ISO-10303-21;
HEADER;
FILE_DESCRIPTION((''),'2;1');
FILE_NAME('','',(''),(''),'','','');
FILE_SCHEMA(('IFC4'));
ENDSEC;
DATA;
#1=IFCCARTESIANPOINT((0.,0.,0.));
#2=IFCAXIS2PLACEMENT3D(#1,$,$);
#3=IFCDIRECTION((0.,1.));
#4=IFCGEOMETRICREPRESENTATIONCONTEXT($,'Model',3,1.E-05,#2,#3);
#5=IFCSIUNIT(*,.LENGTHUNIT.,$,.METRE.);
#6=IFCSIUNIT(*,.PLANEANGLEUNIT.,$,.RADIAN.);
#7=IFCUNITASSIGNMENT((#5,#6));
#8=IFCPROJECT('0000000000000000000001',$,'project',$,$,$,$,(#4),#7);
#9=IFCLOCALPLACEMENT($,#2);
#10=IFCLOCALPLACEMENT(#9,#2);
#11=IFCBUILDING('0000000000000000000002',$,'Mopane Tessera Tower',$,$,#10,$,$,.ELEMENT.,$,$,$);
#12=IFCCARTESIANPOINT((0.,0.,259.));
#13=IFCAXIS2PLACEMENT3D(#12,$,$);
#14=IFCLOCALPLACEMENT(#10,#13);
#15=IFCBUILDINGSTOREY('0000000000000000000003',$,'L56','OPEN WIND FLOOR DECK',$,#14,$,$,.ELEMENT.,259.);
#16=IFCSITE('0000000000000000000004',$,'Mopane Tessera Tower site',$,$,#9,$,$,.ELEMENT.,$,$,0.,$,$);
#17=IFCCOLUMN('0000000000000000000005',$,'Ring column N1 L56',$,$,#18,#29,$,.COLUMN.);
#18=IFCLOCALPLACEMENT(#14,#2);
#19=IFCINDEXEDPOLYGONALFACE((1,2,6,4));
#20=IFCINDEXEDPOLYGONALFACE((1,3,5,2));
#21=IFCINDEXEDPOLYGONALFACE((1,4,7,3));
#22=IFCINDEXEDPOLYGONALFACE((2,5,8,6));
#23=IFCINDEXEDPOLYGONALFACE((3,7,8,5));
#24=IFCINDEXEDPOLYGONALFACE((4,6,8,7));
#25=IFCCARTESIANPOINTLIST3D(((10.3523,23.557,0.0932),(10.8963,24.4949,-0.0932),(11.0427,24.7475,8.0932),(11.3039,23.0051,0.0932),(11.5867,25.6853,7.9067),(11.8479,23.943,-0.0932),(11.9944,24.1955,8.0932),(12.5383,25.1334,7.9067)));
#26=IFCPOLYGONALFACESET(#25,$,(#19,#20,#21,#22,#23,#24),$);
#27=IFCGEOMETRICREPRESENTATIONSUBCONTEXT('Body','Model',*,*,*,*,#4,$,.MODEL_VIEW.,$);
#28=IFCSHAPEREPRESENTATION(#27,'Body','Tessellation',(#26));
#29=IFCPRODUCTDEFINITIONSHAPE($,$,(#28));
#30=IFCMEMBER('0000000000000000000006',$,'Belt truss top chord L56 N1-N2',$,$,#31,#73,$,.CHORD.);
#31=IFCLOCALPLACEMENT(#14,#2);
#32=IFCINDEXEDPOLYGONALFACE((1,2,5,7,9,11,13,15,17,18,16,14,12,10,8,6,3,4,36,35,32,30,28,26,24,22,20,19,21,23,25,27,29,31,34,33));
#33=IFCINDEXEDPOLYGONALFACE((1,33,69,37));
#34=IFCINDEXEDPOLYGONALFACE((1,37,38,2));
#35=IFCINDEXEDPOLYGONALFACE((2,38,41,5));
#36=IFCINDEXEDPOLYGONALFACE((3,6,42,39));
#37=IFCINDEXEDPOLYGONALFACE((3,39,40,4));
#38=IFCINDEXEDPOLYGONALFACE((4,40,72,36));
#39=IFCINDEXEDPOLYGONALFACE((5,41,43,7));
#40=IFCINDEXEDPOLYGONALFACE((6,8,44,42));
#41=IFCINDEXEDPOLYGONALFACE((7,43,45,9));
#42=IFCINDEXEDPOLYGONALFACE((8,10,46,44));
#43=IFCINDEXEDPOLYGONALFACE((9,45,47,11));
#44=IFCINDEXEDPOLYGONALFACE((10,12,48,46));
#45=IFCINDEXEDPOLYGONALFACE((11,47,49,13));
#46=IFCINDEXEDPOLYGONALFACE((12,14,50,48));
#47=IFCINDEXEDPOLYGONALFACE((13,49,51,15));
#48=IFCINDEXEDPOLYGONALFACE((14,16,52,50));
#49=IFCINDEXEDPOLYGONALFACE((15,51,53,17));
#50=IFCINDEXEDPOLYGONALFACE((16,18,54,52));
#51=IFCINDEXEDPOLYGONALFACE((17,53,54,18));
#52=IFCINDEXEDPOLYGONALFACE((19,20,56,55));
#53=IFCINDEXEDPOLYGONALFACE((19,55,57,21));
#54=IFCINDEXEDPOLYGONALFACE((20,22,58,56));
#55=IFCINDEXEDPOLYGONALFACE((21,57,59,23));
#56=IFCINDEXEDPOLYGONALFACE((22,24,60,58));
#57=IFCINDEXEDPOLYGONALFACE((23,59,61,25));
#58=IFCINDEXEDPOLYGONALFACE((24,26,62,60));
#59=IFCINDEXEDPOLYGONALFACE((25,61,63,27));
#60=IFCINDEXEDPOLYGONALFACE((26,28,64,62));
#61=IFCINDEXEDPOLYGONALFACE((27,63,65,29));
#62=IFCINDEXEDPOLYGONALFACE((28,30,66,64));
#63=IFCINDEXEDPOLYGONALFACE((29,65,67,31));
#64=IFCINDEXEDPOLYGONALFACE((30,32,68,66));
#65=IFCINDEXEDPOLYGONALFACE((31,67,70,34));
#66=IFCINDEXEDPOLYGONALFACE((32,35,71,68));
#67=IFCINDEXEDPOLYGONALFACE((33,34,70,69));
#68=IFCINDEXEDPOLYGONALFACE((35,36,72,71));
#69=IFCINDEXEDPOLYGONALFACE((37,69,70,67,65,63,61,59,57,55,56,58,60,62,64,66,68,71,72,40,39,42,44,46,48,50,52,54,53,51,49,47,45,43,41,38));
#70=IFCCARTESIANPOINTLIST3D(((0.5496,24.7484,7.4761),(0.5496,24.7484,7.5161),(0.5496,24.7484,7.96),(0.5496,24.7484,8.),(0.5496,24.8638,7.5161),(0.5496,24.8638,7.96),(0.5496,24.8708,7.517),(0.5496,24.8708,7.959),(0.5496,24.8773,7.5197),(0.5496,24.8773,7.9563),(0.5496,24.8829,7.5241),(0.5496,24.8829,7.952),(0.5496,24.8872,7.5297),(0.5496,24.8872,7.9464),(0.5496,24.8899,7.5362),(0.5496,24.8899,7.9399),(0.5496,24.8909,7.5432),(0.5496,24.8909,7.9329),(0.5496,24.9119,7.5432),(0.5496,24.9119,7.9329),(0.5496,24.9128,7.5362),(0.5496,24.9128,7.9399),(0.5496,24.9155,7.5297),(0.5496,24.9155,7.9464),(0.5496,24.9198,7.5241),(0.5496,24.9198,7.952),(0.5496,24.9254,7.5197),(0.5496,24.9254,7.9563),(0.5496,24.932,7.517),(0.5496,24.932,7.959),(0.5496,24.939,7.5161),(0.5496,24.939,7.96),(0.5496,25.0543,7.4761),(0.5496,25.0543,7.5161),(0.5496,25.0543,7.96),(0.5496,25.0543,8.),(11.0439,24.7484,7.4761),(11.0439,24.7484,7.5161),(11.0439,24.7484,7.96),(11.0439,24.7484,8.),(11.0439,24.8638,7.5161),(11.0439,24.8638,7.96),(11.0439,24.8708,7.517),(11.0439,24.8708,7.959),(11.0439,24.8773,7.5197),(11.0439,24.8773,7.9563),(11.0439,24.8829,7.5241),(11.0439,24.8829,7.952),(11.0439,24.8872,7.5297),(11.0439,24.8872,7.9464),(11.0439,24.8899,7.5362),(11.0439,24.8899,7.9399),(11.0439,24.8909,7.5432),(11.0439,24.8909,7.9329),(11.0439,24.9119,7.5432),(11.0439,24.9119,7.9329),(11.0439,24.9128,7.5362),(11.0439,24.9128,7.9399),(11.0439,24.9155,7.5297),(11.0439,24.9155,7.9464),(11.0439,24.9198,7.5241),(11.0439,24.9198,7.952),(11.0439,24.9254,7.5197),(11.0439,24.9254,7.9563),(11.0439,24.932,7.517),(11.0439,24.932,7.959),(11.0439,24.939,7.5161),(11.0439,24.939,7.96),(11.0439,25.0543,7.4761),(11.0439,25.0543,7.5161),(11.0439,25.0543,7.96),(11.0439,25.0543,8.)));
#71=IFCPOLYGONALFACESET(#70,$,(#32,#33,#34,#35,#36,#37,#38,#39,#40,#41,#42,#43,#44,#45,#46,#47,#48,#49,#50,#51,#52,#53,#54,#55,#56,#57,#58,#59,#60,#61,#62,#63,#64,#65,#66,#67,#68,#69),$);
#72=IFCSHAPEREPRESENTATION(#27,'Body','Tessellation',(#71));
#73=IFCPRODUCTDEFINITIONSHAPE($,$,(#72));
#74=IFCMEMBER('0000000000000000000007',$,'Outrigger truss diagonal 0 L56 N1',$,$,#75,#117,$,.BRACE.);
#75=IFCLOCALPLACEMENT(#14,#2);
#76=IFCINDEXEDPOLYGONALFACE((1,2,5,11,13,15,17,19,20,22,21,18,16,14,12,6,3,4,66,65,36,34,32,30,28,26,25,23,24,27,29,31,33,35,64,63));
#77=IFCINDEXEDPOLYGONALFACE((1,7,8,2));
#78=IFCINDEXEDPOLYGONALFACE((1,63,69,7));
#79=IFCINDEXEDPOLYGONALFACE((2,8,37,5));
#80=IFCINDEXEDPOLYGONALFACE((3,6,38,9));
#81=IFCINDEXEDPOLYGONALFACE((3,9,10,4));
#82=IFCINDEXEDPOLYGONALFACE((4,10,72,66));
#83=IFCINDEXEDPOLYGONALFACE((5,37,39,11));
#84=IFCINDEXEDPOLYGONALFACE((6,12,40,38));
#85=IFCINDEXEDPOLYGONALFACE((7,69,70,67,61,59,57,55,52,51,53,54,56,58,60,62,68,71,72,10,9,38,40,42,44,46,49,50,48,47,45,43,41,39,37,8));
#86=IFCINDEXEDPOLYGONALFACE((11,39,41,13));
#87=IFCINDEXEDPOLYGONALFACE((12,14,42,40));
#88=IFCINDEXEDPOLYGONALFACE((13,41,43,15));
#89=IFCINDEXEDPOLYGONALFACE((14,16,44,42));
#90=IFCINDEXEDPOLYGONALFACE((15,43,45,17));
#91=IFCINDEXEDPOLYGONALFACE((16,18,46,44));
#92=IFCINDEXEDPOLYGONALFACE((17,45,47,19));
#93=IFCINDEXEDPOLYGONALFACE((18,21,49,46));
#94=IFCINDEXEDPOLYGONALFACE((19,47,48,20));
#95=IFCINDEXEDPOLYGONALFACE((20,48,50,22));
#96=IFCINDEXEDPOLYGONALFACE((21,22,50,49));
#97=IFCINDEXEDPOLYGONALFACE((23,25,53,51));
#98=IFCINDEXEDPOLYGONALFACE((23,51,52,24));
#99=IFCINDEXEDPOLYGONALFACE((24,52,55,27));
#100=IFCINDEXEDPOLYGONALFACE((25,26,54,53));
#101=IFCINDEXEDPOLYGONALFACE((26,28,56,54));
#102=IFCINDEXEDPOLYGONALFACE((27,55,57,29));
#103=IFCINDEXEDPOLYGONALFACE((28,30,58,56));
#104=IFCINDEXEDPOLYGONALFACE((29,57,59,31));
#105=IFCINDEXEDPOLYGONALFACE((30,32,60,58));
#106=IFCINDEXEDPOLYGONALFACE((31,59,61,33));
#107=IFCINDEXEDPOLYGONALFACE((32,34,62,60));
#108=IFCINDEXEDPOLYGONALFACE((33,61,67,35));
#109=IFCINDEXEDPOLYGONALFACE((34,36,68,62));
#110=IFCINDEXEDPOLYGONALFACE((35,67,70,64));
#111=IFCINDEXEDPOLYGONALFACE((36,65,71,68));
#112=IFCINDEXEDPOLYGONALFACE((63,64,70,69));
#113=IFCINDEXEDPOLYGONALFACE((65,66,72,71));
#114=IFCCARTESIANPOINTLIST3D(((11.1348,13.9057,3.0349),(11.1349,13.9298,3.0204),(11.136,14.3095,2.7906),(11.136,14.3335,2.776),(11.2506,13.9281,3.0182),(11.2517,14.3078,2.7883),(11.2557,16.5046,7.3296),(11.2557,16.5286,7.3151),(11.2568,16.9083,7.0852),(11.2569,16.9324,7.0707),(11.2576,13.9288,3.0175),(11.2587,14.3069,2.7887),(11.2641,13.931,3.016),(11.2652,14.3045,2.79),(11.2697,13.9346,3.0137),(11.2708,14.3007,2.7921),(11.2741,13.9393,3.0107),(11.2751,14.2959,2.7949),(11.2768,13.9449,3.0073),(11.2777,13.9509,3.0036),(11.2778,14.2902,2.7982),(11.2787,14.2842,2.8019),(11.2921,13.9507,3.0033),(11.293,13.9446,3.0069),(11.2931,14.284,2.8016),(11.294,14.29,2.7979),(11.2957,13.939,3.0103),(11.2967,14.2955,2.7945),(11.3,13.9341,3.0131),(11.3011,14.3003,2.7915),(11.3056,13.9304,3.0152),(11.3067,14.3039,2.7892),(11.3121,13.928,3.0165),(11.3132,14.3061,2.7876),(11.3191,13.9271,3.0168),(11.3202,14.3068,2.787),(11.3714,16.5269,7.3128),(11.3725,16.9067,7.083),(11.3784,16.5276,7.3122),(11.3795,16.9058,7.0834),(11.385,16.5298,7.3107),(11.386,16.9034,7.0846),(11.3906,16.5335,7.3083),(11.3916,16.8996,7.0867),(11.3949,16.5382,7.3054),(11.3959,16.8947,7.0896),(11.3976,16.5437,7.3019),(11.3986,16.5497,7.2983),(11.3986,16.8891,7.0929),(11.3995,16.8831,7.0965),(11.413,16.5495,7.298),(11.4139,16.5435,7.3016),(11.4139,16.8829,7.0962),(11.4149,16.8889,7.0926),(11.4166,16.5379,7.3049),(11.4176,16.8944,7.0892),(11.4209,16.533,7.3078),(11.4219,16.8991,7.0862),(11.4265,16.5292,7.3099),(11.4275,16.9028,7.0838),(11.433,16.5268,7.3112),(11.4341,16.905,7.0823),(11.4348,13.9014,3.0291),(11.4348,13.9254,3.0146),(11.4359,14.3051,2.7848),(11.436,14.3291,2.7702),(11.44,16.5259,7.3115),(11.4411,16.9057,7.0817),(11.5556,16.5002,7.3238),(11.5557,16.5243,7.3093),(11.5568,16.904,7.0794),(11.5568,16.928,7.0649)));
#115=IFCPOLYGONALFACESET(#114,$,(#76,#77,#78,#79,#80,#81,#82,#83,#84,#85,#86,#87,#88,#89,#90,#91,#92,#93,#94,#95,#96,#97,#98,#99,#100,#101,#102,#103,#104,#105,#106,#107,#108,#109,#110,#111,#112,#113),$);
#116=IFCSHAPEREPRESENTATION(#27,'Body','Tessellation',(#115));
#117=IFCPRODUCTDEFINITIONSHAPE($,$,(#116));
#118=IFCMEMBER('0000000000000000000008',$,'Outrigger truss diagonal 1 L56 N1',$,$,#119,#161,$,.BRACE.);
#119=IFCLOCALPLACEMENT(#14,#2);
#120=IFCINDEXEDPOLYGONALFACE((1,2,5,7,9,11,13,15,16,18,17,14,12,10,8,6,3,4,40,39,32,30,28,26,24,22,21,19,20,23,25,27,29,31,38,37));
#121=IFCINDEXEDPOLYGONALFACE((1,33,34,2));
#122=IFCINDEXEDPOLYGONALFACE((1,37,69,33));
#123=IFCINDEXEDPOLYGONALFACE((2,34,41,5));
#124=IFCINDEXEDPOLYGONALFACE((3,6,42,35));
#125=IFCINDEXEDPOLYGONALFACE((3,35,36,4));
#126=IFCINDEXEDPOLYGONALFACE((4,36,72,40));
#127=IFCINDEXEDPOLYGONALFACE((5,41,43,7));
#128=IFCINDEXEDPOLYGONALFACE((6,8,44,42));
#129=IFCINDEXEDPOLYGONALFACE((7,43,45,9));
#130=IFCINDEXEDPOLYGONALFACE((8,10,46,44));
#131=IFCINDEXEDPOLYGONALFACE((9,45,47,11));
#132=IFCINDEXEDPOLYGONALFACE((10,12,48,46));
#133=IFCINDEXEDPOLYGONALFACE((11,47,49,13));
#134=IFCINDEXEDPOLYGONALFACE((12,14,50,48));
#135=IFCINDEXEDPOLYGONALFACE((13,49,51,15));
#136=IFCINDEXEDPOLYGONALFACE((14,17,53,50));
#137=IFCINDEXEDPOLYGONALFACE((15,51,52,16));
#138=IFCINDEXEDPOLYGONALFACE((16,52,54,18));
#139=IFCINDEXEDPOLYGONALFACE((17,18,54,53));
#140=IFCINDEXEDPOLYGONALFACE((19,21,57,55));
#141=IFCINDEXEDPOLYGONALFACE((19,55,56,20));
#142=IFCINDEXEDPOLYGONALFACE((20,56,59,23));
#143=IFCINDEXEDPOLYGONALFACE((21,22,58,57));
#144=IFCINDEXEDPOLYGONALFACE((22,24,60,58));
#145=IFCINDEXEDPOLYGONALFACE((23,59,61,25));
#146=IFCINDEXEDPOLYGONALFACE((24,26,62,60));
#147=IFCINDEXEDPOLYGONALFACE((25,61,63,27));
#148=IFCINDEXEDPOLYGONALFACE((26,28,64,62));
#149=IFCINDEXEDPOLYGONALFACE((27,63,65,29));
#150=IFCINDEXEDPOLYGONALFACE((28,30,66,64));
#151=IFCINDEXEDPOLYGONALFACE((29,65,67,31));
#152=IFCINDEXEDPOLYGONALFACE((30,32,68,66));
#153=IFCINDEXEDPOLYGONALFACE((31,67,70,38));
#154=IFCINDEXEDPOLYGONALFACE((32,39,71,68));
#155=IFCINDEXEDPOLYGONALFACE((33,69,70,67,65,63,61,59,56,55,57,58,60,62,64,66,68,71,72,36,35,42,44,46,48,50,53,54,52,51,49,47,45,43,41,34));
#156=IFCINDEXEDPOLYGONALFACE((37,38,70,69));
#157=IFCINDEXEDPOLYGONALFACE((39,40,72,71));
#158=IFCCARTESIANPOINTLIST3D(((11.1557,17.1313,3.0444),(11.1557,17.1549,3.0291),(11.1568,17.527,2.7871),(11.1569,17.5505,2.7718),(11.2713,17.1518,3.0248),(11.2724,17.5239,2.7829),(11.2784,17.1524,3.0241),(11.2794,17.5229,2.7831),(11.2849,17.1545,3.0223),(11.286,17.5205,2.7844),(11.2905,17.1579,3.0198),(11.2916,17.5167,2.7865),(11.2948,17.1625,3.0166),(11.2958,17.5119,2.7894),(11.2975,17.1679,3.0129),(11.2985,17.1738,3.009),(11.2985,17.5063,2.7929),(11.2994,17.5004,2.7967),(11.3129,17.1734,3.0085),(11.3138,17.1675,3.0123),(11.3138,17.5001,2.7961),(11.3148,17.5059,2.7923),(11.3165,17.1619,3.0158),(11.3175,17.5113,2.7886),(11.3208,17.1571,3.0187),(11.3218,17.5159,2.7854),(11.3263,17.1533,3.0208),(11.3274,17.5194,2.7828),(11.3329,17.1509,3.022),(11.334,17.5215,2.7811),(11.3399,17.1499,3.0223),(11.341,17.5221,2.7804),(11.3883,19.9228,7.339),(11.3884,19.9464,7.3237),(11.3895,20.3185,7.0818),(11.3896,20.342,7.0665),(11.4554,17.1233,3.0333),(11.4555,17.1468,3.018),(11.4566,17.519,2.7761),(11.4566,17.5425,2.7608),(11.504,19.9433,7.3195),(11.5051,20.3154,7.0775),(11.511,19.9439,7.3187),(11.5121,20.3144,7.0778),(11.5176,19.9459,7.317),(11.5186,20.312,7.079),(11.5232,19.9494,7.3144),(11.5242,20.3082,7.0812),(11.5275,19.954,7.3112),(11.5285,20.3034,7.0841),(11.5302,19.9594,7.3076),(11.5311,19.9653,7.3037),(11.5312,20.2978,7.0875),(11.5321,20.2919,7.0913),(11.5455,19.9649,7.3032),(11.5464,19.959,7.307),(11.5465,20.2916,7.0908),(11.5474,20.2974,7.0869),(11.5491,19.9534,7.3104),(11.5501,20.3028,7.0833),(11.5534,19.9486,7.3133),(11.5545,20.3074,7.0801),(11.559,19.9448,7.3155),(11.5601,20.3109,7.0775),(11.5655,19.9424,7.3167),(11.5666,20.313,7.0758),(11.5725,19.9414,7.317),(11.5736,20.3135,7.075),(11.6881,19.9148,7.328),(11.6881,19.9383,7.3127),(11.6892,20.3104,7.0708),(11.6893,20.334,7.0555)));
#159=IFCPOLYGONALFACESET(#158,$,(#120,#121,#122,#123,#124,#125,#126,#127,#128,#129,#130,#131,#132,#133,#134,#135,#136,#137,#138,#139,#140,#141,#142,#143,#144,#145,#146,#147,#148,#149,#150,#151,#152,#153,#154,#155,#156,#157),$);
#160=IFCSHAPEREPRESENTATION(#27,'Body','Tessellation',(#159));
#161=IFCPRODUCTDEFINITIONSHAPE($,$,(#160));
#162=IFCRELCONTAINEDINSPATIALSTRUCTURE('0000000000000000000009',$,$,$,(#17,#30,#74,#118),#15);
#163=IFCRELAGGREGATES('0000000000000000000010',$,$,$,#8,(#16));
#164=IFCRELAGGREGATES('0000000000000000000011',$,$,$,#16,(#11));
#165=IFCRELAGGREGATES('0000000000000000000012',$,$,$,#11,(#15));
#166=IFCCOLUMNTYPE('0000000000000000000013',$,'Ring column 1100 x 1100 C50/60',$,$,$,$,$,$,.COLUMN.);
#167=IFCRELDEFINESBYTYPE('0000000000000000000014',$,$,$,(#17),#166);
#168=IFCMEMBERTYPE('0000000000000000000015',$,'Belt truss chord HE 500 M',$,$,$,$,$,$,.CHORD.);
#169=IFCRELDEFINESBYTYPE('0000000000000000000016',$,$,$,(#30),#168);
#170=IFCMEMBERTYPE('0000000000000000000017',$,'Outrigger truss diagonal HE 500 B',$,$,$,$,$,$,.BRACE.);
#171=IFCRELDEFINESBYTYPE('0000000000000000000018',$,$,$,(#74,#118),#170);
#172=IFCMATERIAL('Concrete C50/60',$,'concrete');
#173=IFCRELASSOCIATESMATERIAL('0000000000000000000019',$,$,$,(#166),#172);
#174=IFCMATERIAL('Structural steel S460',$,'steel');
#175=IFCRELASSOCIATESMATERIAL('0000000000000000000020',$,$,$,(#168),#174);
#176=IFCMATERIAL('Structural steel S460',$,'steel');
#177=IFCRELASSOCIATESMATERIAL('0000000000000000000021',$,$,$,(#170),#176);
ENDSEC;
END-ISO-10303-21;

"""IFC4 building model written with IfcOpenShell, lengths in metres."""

from ifc_helpers import new_model, si_unit, direction, frame, origin, origin_2d, place, context, subcontext, project, spatial, rectangle, i_section, extrude, material, material_profile, profile_set, type_object, element, save


model = new_model("IFC4")

# Units and contexts
model_context = context("Model", 3, precision=1e-05, world=origin(), true_north=direction((0.0, 1.0)))
body_context = subcontext(model_context, "Body", "Model", "MODEL_VIEW")
ifc_project = project(units=[si_unit("LENGTHUNIT", "METRE"), si_unit("PLANEANGLEUNIT", "RADIAN")], contexts=[model_context])

# Site, building, storey
site_placement = place(None, origin())
site = spatial("IfcSite", under=ifc_project, at=site_placement, Name="Mopane Tessera Tower site", CompositionType="ELEMENT", RefElevation=0.0)
building_placement = place(site_placement, origin())
building = spatial("IfcBuilding", under=site, at=building_placement, Name="Mopane Tessera Tower", CompositionType="ELEMENT")
storey_placement = place(building_placement, frame((0.0, 0.0, 259.0)))
storey = spatial("IfcBuildingStorey", under=building, at=storey_placement, Name="L56", Description="OPEN WIND FLOOR DECK", CompositionType="ELEMENT", Elevation=259.0)

# Column
ifc_material_1 = material(Name="Concrete C50/60", Category="concrete")
ifc_material_profile_1 = material_profile(ifc_material_1, rectangle(XDim=1.1001, YDim=1.1001, at=origin_2d()))
ifc_profile_set_1 = profile_set([ifc_material_profile_1], Name="Concrete C50/60")
column_type = type_object("IfcColumnType", Name="Ring column 1100 x 1100 C50/60", PredefinedType="COLUMN", material=ifc_profile_set_1)
column_placement = place(storey_placement, frame((11.1001, 23.75, 0.0), z_axis=(0.085054, 0.14665, 0.985525), x_axis=(-0.865037, 0.501707, 0.0)))
element("IfcColumn", 1, at=column_placement, inside=storey, type_object=column_type, Name="Ring column N1 L56", PredefinedType="COLUMN", context=body_context, shape_type="SweptSolid", body=[
    extrude(rectangle(XDim=1.1001, YDim=1.1001, at=origin_2d()), origin(), (0.0, 0.0, 1.0), 8.1174),
])

# Members
ifc_material_2 = material(Name="Structural steel S460", Category="steel")
ifc_material_profile_2 = material_profile(ifc_material_2, i_section(OverallWidth=0.3059, OverallDepth=0.5239, WebThickness=0.021, FlangeThickness=0.04, FilletRadius=0.0271, at=origin_2d()))
ifc_profile_set_2 = profile_set([ifc_material_profile_2], Name="Structural steel S460")
member_type_1 = type_object("IfcMemberType", Name="Belt truss chord HE 500 M", PredefinedType="CHORD", material=ifc_profile_set_2)
member_1_placement = place(storey_placement, frame((11.0439, 24.9014, 7.738), z_axis=(-1.0, 0.0, 0.0), x_axis=(0.0, -1.0, 0.0)))
element("IfcMember", 2, at=member_1_placement, inside=storey, type_object=member_type_1, Name="Belt truss top chord L56 N1-N2", PredefinedType="CHORD", context=body_context, shape_type="SweptSolid", body=[
    extrude(i_section(OverallWidth=0.3059, OverallDepth=0.5239, WebThickness=0.021, FlangeThickness=0.04, FilletRadius=0.0271, at=origin_2d()), origin(), (0.0, 0.0, 1.0), 10.4944),
])
ifc_material_3 = material(Name="Structural steel S460", Category="steel")
ifc_material_profile_3 = material_profile(ifc_material_3, i_section(OverallWidth=0.3, OverallDepth=0.5, WebThickness=0.0144, FlangeThickness=0.0281, FilletRadius=0.0271, at=origin_2d()))
ifc_profile_set_3 = profile_set([ifc_material_profile_3], Name="Structural steel S460")
member_type_2 = type_object("IfcMemberType", Name="Outrigger truss diagonal HE 500 B", PredefinedType="BRACE", material=ifc_profile_set_3)
member_2_placement = place(storey_placement, frame((11.2854, 14.1174, 2.9026), z_axis=(0.024068, 0.517575, 0.855299), x_axis=(-0.999707, 0.01456, 0.019321)))
element("IfcMember", 3, at=member_2_placement, inside=storey, type_object=member_type_2, Name="Outrigger truss diagonal 0 L56 N1", PredefinedType="BRACE", context=body_context, shape_type="SweptSolid", body=[
    extrude(i_section(OverallWidth=0.3, OverallDepth=0.5, WebThickness=0.0144, FlangeThickness=0.0281, FilletRadius=0.0271, at=origin_2d()), origin(), (0.0, 0.0, 1.0), 5.0212),
])
member_3_placement = place(storey_placement, frame((11.3062, 17.3369, 2.9026), z_axis=(0.045376, 0.544422, 0.837583), x_axis=(-0.998967, 0.026778, 0.036714)))
element("IfcMember", 4, at=member_3_placement, inside=storey, type_object=member_type_2, Name="Outrigger truss diagonal 1 L56 N1", PredefinedType="BRACE", context=body_context, shape_type="SweptSolid", body=[
    extrude(i_section(OverallWidth=0.3, OverallDepth=0.5, WebThickness=0.0144, FlangeThickness=0.0281, FilletRadius=0.0271, at=origin_2d()), origin(), (0.0, 0.0, 1.0), 5.1274),
])

save(model, "model.ifc")
